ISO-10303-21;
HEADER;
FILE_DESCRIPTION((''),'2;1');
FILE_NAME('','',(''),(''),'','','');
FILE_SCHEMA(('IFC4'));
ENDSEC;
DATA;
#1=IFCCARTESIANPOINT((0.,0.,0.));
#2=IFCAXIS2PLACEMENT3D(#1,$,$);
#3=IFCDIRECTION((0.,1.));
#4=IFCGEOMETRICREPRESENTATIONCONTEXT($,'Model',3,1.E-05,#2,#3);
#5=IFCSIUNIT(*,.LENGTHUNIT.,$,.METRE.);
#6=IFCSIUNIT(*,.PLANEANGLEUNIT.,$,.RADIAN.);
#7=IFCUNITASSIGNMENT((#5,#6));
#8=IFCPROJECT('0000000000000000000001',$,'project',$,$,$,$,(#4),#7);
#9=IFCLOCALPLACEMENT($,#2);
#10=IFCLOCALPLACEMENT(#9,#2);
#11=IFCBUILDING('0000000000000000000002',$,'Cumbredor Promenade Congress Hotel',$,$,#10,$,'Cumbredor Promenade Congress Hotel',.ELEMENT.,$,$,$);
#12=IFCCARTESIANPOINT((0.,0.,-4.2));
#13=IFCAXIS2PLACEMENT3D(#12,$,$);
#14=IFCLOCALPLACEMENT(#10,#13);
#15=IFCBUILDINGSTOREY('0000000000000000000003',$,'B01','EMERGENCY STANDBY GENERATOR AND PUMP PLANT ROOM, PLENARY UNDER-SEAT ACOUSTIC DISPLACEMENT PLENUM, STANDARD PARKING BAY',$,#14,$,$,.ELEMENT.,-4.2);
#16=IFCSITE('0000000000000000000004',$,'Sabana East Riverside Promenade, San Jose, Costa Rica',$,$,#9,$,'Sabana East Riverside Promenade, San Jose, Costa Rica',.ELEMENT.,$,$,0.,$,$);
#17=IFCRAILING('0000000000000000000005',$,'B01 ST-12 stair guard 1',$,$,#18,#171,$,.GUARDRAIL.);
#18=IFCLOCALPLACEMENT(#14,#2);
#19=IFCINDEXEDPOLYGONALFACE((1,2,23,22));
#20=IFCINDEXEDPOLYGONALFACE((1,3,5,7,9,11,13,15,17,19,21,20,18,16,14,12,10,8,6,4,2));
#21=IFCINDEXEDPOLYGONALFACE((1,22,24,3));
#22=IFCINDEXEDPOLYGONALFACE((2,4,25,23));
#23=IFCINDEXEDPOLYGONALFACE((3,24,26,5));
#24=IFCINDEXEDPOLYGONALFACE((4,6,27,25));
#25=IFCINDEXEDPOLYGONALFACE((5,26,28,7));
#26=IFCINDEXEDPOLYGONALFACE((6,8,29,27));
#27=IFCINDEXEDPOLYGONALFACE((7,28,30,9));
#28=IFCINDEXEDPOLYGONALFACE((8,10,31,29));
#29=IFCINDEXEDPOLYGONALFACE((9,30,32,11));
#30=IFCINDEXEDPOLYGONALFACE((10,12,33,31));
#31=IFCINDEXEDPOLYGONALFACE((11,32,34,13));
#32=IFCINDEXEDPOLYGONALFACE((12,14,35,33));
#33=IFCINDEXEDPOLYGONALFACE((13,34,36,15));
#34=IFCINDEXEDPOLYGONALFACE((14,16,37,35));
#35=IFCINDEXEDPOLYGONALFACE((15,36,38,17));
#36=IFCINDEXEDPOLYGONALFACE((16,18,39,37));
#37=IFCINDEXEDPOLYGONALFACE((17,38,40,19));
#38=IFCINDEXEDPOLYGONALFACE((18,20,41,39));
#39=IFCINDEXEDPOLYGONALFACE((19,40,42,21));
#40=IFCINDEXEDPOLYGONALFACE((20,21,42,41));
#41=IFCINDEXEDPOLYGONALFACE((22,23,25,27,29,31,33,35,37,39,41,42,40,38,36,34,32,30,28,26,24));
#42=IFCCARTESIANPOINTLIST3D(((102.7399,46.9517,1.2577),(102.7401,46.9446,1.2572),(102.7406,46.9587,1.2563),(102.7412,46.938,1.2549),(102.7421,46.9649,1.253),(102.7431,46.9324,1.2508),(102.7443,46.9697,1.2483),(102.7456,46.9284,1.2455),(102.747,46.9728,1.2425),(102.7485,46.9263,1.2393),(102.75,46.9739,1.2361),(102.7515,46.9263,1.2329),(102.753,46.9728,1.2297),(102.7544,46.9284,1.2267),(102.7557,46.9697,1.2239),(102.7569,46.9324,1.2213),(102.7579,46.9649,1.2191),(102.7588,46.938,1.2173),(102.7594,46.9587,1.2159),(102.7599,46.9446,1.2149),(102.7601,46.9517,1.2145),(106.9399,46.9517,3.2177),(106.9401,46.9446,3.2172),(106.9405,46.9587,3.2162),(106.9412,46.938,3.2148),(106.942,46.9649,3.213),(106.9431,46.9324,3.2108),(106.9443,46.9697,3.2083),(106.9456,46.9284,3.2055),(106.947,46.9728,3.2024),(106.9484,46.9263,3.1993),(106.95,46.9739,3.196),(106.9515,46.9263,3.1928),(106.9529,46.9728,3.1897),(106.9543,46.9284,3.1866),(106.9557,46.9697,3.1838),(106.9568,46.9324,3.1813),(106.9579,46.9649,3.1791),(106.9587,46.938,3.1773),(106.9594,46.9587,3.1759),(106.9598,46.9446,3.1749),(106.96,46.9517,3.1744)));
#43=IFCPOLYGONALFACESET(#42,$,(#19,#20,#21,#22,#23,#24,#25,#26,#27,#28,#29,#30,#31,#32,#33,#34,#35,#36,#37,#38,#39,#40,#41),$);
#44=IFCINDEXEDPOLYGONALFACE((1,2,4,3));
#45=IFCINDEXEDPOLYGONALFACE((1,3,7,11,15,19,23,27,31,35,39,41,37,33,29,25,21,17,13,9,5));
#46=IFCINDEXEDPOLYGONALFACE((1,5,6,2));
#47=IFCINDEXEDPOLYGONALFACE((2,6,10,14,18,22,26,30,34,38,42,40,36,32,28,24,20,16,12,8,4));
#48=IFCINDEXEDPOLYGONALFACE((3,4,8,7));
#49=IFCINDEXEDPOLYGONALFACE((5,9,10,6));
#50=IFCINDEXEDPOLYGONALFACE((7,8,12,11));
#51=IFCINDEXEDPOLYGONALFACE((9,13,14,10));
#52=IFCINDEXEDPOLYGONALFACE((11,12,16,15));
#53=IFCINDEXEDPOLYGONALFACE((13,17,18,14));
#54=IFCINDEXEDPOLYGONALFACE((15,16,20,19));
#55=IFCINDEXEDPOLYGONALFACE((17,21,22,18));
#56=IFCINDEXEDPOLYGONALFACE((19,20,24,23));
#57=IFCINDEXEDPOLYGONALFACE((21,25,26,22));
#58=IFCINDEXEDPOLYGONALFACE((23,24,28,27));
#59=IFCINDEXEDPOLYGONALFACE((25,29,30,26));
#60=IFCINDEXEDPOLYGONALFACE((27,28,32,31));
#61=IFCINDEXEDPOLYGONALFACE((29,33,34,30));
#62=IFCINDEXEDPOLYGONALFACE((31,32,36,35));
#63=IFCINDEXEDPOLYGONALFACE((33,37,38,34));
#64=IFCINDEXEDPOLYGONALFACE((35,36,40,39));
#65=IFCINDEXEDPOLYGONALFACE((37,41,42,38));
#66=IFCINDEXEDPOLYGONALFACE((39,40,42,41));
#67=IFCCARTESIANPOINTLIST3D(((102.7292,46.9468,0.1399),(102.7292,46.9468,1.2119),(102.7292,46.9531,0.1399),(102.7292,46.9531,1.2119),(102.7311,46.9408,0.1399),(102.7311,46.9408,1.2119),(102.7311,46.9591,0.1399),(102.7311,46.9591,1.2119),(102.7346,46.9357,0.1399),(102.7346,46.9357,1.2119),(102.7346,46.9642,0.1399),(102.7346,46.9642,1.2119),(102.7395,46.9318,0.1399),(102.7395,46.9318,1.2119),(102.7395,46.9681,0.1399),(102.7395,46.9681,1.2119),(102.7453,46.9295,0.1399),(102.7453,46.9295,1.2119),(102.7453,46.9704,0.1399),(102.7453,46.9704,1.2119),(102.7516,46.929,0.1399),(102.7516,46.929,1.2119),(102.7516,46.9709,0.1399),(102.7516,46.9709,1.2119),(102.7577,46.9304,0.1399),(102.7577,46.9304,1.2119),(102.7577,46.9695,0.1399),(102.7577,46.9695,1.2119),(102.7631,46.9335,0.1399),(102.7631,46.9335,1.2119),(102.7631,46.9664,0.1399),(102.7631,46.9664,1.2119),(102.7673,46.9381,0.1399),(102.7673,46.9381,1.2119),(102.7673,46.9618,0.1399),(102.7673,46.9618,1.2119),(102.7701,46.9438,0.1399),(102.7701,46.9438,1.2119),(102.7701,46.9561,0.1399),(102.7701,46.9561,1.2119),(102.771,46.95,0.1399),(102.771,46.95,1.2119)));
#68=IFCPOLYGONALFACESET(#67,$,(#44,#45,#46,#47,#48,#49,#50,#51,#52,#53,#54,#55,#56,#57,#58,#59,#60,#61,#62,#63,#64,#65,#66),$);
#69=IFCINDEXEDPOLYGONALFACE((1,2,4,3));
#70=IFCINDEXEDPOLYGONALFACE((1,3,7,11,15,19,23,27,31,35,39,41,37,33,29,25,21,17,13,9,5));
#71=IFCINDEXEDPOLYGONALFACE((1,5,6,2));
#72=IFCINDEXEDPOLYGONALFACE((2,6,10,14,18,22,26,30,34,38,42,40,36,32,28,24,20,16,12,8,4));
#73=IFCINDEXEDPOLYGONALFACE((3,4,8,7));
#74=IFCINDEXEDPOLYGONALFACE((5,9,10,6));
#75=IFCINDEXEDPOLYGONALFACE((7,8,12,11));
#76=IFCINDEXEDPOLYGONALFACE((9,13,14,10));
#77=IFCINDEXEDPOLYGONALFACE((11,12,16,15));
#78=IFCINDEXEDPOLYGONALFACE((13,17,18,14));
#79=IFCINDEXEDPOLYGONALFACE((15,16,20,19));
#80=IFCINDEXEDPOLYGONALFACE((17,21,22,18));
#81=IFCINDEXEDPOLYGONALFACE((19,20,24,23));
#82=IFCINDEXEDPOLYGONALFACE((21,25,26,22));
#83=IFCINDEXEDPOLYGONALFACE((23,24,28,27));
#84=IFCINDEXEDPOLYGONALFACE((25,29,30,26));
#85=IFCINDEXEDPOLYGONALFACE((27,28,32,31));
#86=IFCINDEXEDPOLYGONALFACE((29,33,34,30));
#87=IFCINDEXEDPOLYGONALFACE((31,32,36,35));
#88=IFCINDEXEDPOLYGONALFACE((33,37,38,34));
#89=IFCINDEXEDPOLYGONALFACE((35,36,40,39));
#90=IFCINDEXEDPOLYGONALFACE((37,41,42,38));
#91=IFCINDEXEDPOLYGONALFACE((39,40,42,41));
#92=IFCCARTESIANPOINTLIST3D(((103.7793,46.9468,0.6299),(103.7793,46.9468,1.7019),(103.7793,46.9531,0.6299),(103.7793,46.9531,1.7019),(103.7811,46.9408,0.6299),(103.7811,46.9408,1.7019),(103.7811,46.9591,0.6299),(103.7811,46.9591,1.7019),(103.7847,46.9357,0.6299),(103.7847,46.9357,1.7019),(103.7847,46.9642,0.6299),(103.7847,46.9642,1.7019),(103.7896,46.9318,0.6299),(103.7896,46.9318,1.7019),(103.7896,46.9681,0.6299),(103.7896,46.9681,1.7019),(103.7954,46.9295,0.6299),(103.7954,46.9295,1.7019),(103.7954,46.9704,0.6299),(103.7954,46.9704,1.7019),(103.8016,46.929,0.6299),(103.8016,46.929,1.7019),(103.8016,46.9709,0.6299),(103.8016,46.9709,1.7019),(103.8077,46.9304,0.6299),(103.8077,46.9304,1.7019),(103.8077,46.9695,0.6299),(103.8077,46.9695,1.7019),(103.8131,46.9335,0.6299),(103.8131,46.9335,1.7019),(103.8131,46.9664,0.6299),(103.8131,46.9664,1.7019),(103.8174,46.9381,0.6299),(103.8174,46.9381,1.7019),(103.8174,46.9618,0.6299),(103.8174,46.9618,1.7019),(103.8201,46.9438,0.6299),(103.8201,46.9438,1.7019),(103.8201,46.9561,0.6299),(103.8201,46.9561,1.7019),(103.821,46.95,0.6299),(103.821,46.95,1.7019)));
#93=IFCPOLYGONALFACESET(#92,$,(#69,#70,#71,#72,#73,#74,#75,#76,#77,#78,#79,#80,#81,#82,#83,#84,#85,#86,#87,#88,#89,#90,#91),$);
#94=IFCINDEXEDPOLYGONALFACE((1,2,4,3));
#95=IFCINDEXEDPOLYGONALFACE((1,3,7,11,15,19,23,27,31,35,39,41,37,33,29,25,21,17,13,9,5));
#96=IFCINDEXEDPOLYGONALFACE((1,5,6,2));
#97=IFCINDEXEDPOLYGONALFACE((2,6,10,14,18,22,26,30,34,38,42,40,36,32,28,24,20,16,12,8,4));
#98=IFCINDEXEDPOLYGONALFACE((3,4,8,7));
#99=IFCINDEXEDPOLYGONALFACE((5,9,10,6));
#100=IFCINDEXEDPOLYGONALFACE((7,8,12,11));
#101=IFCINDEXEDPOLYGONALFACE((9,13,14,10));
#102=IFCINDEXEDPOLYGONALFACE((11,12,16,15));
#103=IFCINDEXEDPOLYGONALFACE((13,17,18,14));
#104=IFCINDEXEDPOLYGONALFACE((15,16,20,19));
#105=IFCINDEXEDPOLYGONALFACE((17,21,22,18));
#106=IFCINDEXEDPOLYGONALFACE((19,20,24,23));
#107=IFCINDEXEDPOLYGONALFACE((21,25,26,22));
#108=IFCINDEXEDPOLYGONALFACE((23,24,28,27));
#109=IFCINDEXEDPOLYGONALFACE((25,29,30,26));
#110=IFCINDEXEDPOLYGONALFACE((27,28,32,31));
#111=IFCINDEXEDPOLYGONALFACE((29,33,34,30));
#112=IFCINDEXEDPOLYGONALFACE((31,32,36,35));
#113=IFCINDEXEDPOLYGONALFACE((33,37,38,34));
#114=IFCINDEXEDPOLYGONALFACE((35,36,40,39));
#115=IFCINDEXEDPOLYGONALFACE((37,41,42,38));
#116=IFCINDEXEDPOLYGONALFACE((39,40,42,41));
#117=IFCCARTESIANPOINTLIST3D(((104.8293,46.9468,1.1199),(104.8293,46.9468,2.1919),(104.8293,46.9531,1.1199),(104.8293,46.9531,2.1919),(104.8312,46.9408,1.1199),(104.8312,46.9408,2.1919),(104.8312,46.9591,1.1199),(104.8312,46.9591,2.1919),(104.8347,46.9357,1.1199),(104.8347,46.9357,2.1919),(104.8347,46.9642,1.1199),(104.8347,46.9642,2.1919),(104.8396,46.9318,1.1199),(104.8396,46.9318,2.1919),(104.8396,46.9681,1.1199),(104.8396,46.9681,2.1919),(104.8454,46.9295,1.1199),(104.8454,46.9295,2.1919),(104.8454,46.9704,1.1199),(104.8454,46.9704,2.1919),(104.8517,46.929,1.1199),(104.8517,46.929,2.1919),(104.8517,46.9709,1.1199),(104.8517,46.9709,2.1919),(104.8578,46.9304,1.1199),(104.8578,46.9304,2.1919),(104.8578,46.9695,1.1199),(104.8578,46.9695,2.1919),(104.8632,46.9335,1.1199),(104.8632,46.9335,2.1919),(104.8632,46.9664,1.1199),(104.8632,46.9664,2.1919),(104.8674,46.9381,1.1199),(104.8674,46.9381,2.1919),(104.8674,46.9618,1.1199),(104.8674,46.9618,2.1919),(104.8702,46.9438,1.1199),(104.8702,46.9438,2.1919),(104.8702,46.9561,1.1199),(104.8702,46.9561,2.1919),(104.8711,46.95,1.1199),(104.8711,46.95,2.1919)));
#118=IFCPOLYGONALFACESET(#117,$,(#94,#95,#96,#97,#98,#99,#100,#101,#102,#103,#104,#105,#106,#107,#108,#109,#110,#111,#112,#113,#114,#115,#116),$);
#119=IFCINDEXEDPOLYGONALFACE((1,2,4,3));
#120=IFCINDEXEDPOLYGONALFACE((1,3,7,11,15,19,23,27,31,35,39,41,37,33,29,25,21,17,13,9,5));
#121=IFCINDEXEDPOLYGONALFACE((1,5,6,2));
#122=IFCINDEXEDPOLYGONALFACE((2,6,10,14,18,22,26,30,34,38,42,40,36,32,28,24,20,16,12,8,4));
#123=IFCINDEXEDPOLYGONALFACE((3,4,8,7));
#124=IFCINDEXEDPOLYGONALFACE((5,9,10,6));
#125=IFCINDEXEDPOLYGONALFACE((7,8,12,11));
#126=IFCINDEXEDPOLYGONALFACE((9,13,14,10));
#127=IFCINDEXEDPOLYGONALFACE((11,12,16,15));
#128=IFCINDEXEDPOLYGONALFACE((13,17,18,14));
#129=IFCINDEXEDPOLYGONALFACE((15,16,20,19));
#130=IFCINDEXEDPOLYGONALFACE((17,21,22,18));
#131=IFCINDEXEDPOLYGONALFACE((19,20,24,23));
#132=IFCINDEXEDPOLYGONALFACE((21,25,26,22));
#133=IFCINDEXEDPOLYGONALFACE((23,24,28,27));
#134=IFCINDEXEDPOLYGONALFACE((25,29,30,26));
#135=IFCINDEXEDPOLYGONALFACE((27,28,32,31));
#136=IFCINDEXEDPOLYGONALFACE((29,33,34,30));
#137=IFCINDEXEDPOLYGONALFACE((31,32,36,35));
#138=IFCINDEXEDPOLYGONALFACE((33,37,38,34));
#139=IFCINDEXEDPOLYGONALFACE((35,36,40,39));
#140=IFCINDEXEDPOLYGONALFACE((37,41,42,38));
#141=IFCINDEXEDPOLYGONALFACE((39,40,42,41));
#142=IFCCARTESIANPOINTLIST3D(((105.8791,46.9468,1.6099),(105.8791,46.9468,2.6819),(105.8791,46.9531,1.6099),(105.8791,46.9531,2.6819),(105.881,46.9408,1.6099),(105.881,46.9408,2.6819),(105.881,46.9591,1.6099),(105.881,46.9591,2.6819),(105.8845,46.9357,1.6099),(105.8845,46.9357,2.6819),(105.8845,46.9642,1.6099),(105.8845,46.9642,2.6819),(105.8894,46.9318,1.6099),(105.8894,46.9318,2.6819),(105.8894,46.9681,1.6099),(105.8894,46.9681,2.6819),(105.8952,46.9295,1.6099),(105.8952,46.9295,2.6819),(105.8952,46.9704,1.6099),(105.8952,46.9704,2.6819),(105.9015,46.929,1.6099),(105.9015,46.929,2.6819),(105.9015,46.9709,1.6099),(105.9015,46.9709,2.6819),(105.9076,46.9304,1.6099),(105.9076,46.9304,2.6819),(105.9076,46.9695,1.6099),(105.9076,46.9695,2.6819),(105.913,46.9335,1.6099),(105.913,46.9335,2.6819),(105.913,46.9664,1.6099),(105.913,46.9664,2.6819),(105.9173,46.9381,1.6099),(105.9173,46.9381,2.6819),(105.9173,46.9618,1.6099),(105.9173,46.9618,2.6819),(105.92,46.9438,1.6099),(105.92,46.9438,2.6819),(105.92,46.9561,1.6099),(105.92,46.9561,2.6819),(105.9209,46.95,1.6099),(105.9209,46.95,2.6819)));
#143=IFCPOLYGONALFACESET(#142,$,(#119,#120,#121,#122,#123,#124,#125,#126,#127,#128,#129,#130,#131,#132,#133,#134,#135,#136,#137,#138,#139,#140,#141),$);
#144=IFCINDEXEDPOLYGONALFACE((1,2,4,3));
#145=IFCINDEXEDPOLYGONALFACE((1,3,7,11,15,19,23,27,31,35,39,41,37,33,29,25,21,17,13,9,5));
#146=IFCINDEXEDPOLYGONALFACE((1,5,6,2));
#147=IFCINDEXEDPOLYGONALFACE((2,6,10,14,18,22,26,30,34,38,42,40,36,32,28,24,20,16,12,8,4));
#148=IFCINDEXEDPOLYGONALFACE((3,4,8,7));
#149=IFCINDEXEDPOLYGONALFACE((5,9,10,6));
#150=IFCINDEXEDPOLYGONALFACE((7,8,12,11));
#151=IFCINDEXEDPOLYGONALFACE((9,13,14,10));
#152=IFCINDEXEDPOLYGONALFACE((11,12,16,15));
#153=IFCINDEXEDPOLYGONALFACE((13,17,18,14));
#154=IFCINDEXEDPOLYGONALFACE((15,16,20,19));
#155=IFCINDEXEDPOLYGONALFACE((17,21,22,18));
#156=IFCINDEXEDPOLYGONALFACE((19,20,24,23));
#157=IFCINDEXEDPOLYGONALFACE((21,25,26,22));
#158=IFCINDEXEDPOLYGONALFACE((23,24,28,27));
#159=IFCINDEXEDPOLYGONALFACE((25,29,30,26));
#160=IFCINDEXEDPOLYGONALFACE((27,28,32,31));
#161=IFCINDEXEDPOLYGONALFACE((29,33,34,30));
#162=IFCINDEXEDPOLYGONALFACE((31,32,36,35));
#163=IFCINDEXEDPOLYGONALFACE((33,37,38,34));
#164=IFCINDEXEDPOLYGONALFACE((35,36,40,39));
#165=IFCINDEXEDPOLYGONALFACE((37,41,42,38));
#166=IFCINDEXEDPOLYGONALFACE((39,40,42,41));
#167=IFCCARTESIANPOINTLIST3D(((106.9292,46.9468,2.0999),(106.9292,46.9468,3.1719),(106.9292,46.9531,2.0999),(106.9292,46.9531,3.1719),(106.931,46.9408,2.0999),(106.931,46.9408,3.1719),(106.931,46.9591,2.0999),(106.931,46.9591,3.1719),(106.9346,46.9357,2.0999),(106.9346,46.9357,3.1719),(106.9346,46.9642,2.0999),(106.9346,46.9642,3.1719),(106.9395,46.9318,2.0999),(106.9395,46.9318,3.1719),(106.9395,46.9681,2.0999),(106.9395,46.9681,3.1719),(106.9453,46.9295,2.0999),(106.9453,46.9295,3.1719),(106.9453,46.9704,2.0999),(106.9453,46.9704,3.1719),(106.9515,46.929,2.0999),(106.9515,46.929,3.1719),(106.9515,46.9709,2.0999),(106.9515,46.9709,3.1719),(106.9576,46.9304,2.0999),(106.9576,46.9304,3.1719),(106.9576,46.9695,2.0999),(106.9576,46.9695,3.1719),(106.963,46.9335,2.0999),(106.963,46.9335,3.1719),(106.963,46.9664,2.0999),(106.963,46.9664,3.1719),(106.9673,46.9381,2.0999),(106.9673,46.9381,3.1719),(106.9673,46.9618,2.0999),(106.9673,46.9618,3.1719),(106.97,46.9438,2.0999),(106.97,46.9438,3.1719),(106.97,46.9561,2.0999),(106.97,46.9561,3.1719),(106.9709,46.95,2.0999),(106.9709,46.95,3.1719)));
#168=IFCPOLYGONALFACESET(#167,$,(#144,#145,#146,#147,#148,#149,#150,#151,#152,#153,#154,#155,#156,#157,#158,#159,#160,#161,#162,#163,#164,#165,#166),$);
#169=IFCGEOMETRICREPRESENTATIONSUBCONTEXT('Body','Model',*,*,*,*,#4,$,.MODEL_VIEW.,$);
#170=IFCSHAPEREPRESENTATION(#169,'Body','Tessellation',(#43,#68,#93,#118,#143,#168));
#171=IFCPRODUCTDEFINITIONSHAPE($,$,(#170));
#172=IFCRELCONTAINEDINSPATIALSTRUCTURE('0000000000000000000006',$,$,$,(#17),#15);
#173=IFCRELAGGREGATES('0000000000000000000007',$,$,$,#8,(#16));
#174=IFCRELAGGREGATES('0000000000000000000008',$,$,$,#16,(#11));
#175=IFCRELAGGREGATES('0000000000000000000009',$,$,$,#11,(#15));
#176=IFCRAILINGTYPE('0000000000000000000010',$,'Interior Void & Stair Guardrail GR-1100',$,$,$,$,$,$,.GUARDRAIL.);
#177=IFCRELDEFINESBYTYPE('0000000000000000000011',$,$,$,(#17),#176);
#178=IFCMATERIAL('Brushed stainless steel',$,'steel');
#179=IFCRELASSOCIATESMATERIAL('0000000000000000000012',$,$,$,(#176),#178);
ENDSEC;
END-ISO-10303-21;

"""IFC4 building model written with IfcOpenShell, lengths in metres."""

from ifc_helpers import new_model, si_unit, direction, frame, origin, origin_2d, place, context, subcontext, project, spatial, circle, extrude, material, type_object, element, save


model = new_model("IFC4")

# Units and contexts
model_context = context("Model", 3, precision=1e-05, world=origin(), true_north=direction((0.0, 1.0)))
body_context = subcontext(model_context, "Body", "Model", "MODEL_VIEW")
ifc_project = project(units=[si_unit("LENGTHUNIT", "METRE"), si_unit("PLANEANGLEUNIT", "RADIAN")], contexts=[model_context])

# Site, building, storey
site_placement = place(None, origin())
site = spatial("IfcSite", under=ifc_project, at=site_placement, Name="Sabana East Riverside Promenade, San Jose, Costa Rica", LongName="Sabana East Riverside Promenade, San Jose, Costa Rica", CompositionType="ELEMENT", RefElevation=0.0)
building_placement = place(site_placement, origin())
building = spatial("IfcBuilding", under=site, at=building_placement, Name="Cumbredor Promenade Congress Hotel", LongName="Cumbredor Promenade Congress Hotel", CompositionType="ELEMENT")
storey_placement = place(building_placement, frame((0.0, 0.0, -4.2)))
storey = spatial("IfcBuildingStorey", under=building, at=storey_placement, Name="B01", Description="EMERGENCY STANDBY GENERATOR AND PUMP PLANT ROOM, PLENARY UNDER-SEAT ACOUSTIC DISPLACEMENT PLENUM, STANDARD PARKING BAY", CompositionType="ELEMENT", Elevation=-4.2)

# Railing
ifc_material_1 = material(Name="Brushed stainless steel", Category="steel")
railing_type_1 = type_object("IfcRailingType", Name="Interior Void & Stair Guardrail GR-1100", PredefinedType="GUARDRAIL", material=ifc_material_1)
railing_1_placement = place(storey_placement, frame((102.75, 46.95, 0.1399)))
element("IfcRailing", 1, at=railing_1_placement, inside=storey, type_object=railing_type_1, Name="B01 ST-12 stair guard 1", PredefinedType="GUARDRAIL", context=body_context, shape_type="SweptSolid", body=[
    extrude(circle(Radius=0.0239, at=origin_2d()), frame((0.0, 0.0, 1.0962), z_axis=(0.906184, 0.0, 0.422883), x_axis=(0.0, 1.0, 0.0)), (0.0, 0.0, 1.0), 4.6348),
    extrude(circle(Radius=0.021, at=origin_2d()), origin(), (0.0, 0.0, 1.0), 1.072),
    extrude(circle(Radius=0.021, at=origin_2d()), frame((1.05, 0.0, 0.49)), (0.0, 0.0, 1.0), 1.072),
    extrude(circle(Radius=0.021, at=origin_2d()), frame((2.1001, 0.0, 0.98)), (0.0, 0.0, 1.0), 1.072),
    extrude(circle(Radius=0.021, at=origin_2d()), frame((3.1499, 0.0, 1.47)), (0.0, 0.0, 1.0), 1.072),
    extrude(circle(Radius=0.021, at=origin_2d()), frame((4.2, 0.0, 1.96)), (0.0, 0.0, 1.0), 1.072),
])

save(model, "model.ifc")
